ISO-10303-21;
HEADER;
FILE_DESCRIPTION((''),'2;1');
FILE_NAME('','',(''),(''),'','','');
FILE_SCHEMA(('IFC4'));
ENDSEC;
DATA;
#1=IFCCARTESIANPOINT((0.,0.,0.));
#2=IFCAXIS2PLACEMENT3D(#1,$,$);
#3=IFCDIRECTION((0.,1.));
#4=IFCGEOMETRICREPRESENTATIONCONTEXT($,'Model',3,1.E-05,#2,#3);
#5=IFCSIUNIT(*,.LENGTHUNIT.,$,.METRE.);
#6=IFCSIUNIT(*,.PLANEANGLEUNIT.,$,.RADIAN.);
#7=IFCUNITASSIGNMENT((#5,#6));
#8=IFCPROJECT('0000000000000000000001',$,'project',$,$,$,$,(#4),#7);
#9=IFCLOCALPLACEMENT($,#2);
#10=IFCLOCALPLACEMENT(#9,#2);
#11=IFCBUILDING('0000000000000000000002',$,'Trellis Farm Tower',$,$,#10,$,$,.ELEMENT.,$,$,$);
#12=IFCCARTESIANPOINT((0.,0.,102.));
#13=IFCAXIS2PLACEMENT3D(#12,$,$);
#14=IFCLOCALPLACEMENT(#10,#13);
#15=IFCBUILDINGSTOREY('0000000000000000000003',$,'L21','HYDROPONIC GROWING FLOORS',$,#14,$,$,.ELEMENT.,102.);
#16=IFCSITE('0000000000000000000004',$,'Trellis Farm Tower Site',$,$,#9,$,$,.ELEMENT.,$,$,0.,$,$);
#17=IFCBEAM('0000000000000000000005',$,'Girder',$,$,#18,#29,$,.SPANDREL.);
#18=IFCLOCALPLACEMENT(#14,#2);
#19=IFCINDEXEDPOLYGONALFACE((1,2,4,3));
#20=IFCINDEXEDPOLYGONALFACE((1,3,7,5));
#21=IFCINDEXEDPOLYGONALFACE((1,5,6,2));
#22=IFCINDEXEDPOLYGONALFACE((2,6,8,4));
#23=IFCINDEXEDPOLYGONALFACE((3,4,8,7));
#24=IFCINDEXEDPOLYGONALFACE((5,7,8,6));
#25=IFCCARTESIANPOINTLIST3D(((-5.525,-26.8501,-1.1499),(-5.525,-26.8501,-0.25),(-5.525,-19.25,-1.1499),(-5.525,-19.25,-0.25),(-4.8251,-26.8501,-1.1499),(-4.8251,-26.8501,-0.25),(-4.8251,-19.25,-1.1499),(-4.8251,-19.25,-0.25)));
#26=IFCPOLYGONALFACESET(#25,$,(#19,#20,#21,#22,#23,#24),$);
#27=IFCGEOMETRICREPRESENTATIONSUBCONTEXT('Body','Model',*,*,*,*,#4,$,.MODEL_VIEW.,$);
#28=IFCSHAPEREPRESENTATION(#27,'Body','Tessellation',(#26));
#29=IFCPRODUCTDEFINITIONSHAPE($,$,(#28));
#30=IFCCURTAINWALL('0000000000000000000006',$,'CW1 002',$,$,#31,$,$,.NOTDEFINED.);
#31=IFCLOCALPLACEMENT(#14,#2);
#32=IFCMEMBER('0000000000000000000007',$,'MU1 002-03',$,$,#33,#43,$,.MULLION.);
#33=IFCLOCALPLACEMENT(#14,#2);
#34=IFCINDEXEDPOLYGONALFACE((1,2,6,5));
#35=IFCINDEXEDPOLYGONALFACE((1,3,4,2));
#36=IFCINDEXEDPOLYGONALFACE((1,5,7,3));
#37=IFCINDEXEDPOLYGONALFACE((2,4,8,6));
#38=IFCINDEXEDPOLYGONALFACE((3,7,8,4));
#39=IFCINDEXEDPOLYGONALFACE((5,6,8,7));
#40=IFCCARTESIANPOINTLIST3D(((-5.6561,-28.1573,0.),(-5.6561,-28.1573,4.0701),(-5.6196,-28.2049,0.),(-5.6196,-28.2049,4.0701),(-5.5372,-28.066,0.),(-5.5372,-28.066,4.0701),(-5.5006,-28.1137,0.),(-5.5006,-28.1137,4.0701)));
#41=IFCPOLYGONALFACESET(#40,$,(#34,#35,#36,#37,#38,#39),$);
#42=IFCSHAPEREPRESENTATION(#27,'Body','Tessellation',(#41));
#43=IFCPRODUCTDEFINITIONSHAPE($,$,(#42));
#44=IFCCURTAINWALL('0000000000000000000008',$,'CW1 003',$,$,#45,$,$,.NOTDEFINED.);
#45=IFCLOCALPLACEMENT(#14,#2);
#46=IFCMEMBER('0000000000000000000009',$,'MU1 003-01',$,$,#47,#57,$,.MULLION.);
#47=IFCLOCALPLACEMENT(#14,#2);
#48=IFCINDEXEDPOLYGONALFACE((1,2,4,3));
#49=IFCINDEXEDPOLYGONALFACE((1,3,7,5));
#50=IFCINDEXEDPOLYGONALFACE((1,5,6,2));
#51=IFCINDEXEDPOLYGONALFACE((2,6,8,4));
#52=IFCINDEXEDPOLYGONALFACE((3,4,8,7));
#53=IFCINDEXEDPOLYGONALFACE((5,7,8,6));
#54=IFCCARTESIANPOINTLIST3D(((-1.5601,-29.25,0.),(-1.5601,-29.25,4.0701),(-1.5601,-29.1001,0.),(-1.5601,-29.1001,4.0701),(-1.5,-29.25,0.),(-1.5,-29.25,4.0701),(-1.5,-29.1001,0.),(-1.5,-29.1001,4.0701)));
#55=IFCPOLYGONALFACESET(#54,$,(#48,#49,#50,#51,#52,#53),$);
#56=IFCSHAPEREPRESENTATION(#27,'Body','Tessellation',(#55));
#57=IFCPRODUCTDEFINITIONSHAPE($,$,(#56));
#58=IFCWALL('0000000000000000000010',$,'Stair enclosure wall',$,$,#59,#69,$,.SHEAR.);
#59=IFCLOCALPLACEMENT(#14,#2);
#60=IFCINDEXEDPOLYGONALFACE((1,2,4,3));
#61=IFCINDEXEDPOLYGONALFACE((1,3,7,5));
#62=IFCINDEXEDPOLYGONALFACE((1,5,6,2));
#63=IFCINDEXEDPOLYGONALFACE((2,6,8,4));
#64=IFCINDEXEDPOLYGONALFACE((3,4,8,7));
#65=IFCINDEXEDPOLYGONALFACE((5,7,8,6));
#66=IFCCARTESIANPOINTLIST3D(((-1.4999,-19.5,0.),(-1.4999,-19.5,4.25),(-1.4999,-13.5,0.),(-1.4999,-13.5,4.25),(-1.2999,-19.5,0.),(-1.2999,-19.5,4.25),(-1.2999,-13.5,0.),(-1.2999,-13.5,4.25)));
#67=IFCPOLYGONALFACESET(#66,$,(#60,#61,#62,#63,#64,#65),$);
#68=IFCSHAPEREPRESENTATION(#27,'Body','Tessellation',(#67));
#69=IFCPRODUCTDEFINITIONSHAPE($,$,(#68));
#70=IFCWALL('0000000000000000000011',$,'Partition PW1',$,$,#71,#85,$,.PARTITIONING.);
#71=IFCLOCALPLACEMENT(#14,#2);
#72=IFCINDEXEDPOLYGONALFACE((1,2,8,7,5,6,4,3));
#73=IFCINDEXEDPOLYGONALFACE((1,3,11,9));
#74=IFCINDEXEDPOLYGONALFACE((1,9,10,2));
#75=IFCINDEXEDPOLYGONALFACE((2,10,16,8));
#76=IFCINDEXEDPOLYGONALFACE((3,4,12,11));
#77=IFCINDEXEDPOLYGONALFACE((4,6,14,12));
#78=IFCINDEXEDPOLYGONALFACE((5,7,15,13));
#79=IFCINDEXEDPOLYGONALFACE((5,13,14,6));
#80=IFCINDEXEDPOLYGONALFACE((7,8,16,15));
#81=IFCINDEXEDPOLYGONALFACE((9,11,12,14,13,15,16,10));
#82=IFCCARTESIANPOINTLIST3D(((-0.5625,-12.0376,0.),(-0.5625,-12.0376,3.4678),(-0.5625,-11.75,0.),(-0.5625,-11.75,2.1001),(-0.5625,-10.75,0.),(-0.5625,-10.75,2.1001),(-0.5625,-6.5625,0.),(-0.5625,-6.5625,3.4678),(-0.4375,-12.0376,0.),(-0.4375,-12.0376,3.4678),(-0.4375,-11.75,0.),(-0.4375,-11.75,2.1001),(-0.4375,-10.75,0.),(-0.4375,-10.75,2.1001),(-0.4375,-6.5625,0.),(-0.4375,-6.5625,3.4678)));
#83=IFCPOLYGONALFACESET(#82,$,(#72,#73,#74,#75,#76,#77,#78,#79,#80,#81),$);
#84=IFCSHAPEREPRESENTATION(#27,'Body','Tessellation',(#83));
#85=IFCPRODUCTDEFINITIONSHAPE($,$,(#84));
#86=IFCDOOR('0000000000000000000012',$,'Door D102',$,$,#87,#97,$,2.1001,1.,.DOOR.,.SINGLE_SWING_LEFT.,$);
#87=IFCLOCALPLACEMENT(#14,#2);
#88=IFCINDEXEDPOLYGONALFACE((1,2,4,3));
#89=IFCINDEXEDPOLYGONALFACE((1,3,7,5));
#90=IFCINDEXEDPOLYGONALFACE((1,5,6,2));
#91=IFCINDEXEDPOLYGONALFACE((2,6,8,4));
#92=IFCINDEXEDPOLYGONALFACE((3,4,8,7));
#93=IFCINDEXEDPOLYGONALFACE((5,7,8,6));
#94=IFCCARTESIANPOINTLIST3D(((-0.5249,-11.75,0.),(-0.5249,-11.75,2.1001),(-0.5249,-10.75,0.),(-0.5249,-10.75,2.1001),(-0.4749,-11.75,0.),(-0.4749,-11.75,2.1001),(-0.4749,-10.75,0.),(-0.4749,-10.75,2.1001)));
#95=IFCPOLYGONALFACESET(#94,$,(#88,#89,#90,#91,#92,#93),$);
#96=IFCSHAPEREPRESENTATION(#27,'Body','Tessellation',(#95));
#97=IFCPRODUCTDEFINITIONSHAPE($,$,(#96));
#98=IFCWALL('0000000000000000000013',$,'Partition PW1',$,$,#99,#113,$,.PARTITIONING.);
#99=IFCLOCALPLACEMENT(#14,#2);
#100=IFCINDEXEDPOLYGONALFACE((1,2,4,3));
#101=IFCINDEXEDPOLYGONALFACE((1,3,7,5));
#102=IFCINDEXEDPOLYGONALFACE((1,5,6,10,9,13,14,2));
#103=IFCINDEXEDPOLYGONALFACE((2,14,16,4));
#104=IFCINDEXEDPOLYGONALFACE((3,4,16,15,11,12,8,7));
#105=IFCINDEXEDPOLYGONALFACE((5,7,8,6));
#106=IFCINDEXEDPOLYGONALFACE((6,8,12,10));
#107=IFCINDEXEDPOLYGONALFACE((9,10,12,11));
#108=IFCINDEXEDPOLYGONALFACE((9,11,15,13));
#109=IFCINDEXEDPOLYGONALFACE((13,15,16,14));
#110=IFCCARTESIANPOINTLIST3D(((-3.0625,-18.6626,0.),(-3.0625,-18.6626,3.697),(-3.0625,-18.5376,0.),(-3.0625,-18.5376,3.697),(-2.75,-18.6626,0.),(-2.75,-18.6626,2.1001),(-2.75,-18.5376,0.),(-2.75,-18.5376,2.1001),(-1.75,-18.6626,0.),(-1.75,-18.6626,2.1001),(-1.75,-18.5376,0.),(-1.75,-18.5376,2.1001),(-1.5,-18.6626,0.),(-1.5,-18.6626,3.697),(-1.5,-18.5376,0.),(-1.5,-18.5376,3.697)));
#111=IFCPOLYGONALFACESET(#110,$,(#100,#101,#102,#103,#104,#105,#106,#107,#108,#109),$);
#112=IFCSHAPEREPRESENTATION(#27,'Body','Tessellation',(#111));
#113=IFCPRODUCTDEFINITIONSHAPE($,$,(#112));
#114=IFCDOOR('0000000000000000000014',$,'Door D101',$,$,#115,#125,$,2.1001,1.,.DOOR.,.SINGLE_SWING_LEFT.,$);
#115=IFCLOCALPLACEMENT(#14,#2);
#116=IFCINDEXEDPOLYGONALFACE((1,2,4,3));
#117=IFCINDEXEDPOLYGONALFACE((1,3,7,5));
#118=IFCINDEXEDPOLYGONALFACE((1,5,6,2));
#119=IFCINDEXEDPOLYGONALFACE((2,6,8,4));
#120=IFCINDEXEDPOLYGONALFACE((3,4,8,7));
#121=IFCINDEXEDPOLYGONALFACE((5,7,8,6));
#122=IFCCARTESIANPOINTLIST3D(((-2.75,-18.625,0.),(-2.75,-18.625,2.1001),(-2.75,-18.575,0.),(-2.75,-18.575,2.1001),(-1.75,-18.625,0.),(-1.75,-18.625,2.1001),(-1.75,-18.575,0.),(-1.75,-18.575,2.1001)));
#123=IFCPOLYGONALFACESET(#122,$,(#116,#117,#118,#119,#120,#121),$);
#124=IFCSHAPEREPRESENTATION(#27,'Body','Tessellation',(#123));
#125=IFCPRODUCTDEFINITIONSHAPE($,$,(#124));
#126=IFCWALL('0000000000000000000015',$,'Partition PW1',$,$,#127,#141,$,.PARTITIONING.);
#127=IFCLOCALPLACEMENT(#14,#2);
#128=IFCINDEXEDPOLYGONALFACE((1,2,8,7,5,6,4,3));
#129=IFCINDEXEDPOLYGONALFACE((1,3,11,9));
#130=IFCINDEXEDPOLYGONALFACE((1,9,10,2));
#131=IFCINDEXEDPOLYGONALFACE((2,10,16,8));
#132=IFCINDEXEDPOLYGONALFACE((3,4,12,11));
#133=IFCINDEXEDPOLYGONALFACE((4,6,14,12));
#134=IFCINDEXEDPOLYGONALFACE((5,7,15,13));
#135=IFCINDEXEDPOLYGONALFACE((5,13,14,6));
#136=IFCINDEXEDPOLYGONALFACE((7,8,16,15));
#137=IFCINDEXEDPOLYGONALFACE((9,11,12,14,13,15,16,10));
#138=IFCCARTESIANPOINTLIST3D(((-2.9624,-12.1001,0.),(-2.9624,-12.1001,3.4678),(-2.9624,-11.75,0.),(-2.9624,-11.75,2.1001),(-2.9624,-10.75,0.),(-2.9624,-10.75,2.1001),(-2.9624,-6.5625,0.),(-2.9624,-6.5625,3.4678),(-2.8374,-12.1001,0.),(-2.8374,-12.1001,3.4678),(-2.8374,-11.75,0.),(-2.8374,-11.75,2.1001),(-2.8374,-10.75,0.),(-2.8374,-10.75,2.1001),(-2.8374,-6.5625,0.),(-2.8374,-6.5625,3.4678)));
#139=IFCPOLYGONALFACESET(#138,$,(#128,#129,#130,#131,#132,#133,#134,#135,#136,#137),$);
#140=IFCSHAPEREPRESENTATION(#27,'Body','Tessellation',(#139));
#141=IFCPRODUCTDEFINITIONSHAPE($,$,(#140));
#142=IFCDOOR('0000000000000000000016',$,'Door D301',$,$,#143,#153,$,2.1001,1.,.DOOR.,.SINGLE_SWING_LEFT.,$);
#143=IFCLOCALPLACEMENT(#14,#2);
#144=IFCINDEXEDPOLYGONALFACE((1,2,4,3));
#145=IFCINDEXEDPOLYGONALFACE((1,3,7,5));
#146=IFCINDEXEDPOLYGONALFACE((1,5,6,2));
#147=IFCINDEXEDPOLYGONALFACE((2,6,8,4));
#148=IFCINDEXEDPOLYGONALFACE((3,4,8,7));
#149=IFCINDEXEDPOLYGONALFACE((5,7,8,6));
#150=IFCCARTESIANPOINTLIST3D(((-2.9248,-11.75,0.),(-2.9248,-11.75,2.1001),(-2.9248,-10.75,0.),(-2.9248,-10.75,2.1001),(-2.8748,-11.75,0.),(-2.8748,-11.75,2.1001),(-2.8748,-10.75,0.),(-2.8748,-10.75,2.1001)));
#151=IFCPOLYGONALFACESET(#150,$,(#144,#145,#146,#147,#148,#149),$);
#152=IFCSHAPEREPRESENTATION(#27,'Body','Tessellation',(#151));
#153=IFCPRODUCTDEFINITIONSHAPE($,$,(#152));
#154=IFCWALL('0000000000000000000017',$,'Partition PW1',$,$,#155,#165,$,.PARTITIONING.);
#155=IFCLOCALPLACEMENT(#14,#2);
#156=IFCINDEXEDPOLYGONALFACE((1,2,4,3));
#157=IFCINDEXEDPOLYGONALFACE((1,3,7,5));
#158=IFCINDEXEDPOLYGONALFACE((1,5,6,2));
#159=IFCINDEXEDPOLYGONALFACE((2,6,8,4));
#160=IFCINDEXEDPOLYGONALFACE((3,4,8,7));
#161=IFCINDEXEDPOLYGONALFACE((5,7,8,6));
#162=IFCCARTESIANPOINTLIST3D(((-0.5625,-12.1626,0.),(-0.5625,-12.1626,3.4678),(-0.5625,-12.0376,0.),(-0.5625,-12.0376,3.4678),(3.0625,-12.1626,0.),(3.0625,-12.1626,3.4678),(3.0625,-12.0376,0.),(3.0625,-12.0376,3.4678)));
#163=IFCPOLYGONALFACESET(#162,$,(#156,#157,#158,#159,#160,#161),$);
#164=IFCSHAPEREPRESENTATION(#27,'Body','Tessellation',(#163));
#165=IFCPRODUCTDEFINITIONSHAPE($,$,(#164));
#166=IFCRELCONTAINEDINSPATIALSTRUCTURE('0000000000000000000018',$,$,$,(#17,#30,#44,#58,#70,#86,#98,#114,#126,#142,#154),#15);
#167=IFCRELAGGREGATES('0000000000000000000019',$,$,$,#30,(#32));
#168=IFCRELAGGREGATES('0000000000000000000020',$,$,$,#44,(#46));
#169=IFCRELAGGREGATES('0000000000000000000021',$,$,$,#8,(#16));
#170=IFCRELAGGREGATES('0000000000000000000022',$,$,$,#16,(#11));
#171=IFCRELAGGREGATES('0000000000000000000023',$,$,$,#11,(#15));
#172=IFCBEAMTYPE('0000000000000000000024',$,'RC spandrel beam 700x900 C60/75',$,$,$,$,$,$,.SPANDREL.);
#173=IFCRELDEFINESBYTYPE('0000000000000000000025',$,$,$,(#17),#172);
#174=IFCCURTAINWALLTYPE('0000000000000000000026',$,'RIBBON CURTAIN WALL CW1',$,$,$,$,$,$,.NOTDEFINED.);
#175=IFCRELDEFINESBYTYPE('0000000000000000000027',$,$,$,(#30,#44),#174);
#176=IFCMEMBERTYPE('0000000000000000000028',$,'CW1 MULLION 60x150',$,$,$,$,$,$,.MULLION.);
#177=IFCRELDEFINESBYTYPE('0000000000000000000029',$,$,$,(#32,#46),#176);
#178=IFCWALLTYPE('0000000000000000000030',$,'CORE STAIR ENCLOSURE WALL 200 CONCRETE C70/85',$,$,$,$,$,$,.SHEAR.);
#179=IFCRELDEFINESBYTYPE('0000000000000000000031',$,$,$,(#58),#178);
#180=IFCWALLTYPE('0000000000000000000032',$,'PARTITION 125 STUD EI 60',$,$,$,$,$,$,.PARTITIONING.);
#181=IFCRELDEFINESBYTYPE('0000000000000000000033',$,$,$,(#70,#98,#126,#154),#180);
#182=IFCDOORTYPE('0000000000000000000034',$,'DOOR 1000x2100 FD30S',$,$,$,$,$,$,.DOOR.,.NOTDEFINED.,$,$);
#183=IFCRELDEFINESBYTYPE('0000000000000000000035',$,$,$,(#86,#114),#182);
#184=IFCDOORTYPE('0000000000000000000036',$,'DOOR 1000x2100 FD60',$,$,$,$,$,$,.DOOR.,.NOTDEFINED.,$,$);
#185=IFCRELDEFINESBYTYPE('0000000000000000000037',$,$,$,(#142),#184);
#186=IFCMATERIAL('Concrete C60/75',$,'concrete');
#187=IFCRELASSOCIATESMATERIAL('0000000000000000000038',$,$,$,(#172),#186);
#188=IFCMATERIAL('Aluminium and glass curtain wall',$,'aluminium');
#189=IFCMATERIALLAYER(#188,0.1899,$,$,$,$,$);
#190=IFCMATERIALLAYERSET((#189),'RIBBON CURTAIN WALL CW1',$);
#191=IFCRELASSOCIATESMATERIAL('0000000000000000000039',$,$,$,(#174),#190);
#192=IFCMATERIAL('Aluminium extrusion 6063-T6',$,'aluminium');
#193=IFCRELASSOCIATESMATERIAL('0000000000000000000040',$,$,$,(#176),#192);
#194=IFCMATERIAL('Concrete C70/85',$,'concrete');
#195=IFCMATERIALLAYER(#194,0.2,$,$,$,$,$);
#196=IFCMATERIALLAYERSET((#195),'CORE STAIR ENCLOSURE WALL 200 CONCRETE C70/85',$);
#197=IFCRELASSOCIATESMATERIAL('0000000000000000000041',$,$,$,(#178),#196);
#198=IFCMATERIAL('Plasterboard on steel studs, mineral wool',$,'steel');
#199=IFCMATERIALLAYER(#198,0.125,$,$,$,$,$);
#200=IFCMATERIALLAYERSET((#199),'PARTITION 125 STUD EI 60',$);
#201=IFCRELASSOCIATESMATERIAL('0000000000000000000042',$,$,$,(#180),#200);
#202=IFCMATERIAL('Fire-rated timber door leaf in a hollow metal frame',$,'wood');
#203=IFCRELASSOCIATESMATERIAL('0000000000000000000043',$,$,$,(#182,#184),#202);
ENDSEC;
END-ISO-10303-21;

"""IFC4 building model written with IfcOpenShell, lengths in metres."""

from ifc_helpers import new_model, si_unit, direction, frame, frame_2d, origin, origin_2d, place, context, subcontext, project, spatial, rectangle, extrude, source, transform, mapped, material, layer, layer_set, material_profile, profile_set, type_object, element, fill, aggregate, save


model = new_model("IFC4")

# Units and contexts
model_context = context("Model", 3, precision=1e-05, world=origin(), true_north=direction((0.0, 1.0)))
body_context = subcontext(model_context, "Body", "Model", "MODEL_VIEW")
ifc_project = project(units=[si_unit("LENGTHUNIT", "METRE"), si_unit("PLANEANGLEUNIT", "RADIAN")], contexts=[model_context])

# Site, building, storey
site_placement = place(None, origin())
site = spatial("IfcSite", under=ifc_project, at=site_placement, Name="Trellis Farm Tower Site", CompositionType="ELEMENT", RefElevation=0.0)
building_placement = place(site_placement, origin())
building = spatial("IfcBuilding", under=site, at=building_placement, Name="Trellis Farm Tower", CompositionType="ELEMENT")
storey_placement = place(building_placement, frame((0.0, 0.0, 102.0)))
storey = spatial("IfcBuildingStorey", under=building, at=storey_placement, Name="L21", Description="HYDROPONIC GROWING FLOORS", CompositionType="ELEMENT", Elevation=102.0)

# Beam
ifc_material_1 = material(Name="Concrete C60/75", Category="concrete")
ifc_material_profile_1 = material_profile(ifc_material_1, rectangle(XDim=0.7, YDim=0.8999, at=origin_2d()), Name="RC spandrel beam 700x900 C60/75")
ifc_profile_set_1 = profile_set([ifc_material_profile_1], Name="Concrete C60/75")
beam_type_1 = type_object("IfcBeamType", Name="RC spandrel beam 700x900 C60/75", PredefinedType="SPANDREL", material=ifc_profile_set_1)
shared_shape_1 = source(origin(), body_context, "Body", "SweptSolid", [
    extrude(rectangle(XDim=0.7, YDim=0.8999, at=origin_2d()), origin(), (0.0, 0.0, 1.0), 7.6001),
])
beam_1_placement = place(storey_placement, frame((-5.175, -26.8501, -0.7), z_axis=(0.0, 1.0, 0.0), x_axis=(-1.0, 0.0, 0.0)))
element("IfcBeam", 1, at=beam_1_placement, inside=storey, type_object=beam_type_1, Name="Girder", PredefinedType="SPANDREL", context=body_context, shape_type="MappedRepresentation", body=[
    mapped(shared_shape_1, transform((0.0, 0.0, 0.0))),
])

# Curtain walls, members
ifc_material_2 = material(Name="Aluminium and glass curtain wall", Category="aluminium")
ifc_layer_1 = layer(ifc_material_2, 0.1899)
ifc_layer_set_1 = layer_set([ifc_layer_1], Name="RIBBON CURTAIN WALL CW1")
curtain_wall_type = type_object("IfcCurtainWallType", Name="RIBBON CURTAIN WALL CW1", PredefinedType="NOTDEFINED", material=ifc_layer_set_1)
placement = place(storey_placement, origin())
curtain_wall_1 = element("IfcCurtainWall", 2, at=placement, inside=storey, type_object=curtain_wall_type, Name="CW1 002", PredefinedType="NOTDEFINED")
ifc_material_3 = material(Name="Aluminium extrusion 6063-T6", Category="aluminium")
ifc_material_profile_2 = material_profile(ifc_material_3, rectangle(XDim=0.0601, YDim=0.1499, at=origin_2d()), Name="MULLION 60x150")
ifc_profile_set_2 = profile_set([ifc_material_profile_2], Name="Aluminium extrusion 6063-T6")
member_type = type_object("IfcMemberType", Name="CW1 MULLION 60x150", PredefinedType="MULLION", material=ifc_profile_set_2)
shared_shape_2 = source(origin(), body_context, "Body", "SweptSolid", [
    extrude(rectangle(XDim=0.0601, YDim=0.1499, at=origin_2d()), origin(), (0.0, 0.0, 1.0), 4.0701),
])
member_1_placement = place(storey_placement, frame((-5.5784, -28.1355, 0.0), z_axis=(0.0, 0.0, 1.0), x_axis=(0.608761, -0.793353, 0.0)))
member_1 = element("IfcMember", 3, at=member_1_placement, type_object=member_type, Name="MU1 002-03", PredefinedType="MULLION", context=body_context, shape_type="MappedRepresentation", body=[
    mapped(shared_shape_2, transform((0.0, 0.0, 0.0))),
])
aggregate(curtain_wall_1, [member_1])
curtain_wall_2 = element("IfcCurtainWall", 4, at=placement, inside=storey, type_object=curtain_wall_type, Name="CW1 003", PredefinedType="NOTDEFINED")
member_2_placement = place(storey_placement, frame((-1.53, -29.175, 0.0), z_axis=(0.0, 0.0, 1.0), x_axis=(1.0, 0.0, 0.0)))
member_2 = element("IfcMember", 5, at=member_2_placement, type_object=member_type, Name="MU1 003-01", PredefinedType="MULLION", context=body_context, shape_type="MappedRepresentation", body=[
    mapped(shared_shape_2, transform((0.0, 0.0, 0.0))),
])
aggregate(curtain_wall_2, [member_2])

# Wall
ifc_material_4 = material(Name="Concrete C70/85", Category="concrete")
ifc_layer_2 = layer(ifc_material_4, 0.2)
ifc_layer_set_2 = layer_set([ifc_layer_2], Name="CORE STAIR ENCLOSURE WALL 200 CONCRETE C70/85")
wall_type_1 = type_object("IfcWallType", Name="CORE STAIR ENCLOSURE WALL 200 CONCRETE C70/85", PredefinedType="SHEAR", material=ifc_layer_set_2)
shared_shape_3 = source(origin(), body_context, "Body", "SweptSolid", [
    extrude(rectangle(XDim=6.0, YDim=0.2, at=frame_2d((3.0, 0.0))), origin(), (0.0, 0.0, 1.0), 4.25),
])
wall_1_placement = place(storey_placement, frame((-1.3999, -13.5, 0.0), z_axis=(0.0, 0.0, 1.0), x_axis=(0.0, -1.0, 0.0)))
element("IfcWall", 6, at=wall_1_placement, inside=storey, type_object=wall_type_1, Name="Stair enclosure wall", PredefinedType="SHEAR", context=body_context, shape_type="MappedRepresentation", body=[
    mapped(shared_shape_3, transform((0.0, 0.0, 0.0))),
])

# Walls, openings, doors
ifc_material_5 = material(Name="Plasterboard on steel studs, mineral wool", Category="steel")
ifc_layer_3 = layer(ifc_material_5, 0.125)
ifc_layer_set_3 = layer_set([ifc_layer_3], Name="PARTITION 125 STUD EI 60")
wall_type_2 = type_object("IfcWallType", Name="PARTITION 125 STUD EI 60", PredefinedType="PARTITIONING", material=ifc_layer_set_3)
shared_shape_4 = source(origin(), body_context, "Body", "SweptSolid", [
    extrude(rectangle(XDim=5.4751, YDim=0.125, at=frame_2d((2.7375, 0.0))), origin(), (0.0, 0.0, 1.0), 3.4678),
])
wall_2_placement = place(storey_placement, frame((-0.5, -12.0376, 0.0), z_axis=(0.0, 0.0, 1.0), x_axis=(0.0, 1.0, 0.0)))
wall_2 = element("IfcWall", 7, at=wall_2_placement, inside=storey, type_object=wall_type_2, Name="Partition PW1", PredefinedType="PARTITIONING", context=body_context, shape_type="MappedRepresentation", body=[
    mapped(shared_shape_4, transform((0.0, 0.0, 0.0))),
])
shared_shape_5 = source(origin(), body_context, "Body", "SweptSolid", [
    extrude(rectangle(XDim=1.0, YDim=2.1001, at=frame_2d((0.5, 1.05))), frame((0.0, 0.0725, 0.0), z_axis=(0.0, -1.0, 0.0), x_axis=(1.0, 0.0, 0.0)), (0.0, 0.0, 1.0), 0.145),
])
opening_1_placement = place(wall_2_placement, frame((0.2876, 0.0, 0.0)))
opening_1 = element("IfcOpeningElement", 8, at=opening_1_placement, cuts=wall_2, PredefinedType="OPENING", context=body_context, shape_type="MappedRepresentation", body=[
    mapped(shared_shape_5, transform((0.0, 0.0, 0.0))),
])
ifc_material_6 = material(Name="Fire-rated timber door leaf in a hollow metal frame", Category="wood")
door_type_1 = type_object("IfcDoorType", Name="DOOR 1000x2100 FD30S", OperationType="NOTDEFINED", PredefinedType="DOOR", material=ifc_material_6)
shared_shape_6 = source(origin(), body_context, "Body", "SweptSolid", [
    extrude(rectangle(XDim=1.0, YDim=2.1001, at=frame_2d((0.5, 1.05))), frame((0.0, 0.0249, 0.0), z_axis=(0.0, -1.0, 0.0), x_axis=(1.0, 0.0, 0.0)), (0.0, 0.0, 1.0), 0.05),
])
door_1_placement = place(opening_1_placement, origin())
door_1 = element("IfcDoor", 9, at=door_1_placement, inside=storey, type_object=door_type_1, Name="Door D102", OperationType="SINGLE_SWING_LEFT", OverallHeight=2.1001, OverallWidth=1.0, PredefinedType="DOOR", context=body_context, shape_type="MappedRepresentation", body=[
    mapped(shared_shape_6, transform((0.0, 0.0, 0.0))),
])
fill(opening_1, door_1)
shared_shape_7 = source(origin(), body_context, "Body", "SweptSolid", [
    extrude(rectangle(XDim=1.5625, YDim=0.125, at=frame_2d((0.7812, 0.0))), origin(), (0.0, 0.0, 1.0), 3.697),
])
wall_3_placement = place(storey_placement, frame((-1.5, -18.6001, 0.0), z_axis=(0.0, 0.0, 1.0), x_axis=(-1.0, 0.0, 0.0)))
wall_3 = element("IfcWall", 10, at=wall_3_placement, inside=storey, type_object=wall_type_2, Name="Partition PW1", PredefinedType="PARTITIONING", context=body_context, shape_type="MappedRepresentation", body=[
    mapped(shared_shape_7, transform((0.0, 0.0, 0.0))),
])
opening_2_placement = place(wall_3_placement, frame((0.25, 0.0, 0.0)))
opening_2 = element("IfcOpeningElement", 11, at=opening_2_placement, cuts=wall_3, PredefinedType="OPENING", context=body_context, shape_type="MappedRepresentation", body=[
    mapped(shared_shape_5, transform((0.0, 0.0, 0.0))),
])
door_2_placement = place(opening_2_placement, origin())
door_2 = element("IfcDoor", 12, at=door_2_placement, inside=storey, type_object=door_type_1, Name="Door D101", OperationType="SINGLE_SWING_LEFT", OverallHeight=2.1001, OverallWidth=1.0, PredefinedType="DOOR", context=body_context, shape_type="MappedRepresentation", body=[
    mapped(shared_shape_6, transform((0.0, 0.0, 0.0))),
])
fill(opening_2, door_2)
shared_shape_8 = source(origin(), body_context, "Body", "SweptSolid", [
    extrude(rectangle(XDim=5.5376, YDim=0.125, at=frame_2d((2.7688, 0.0))), origin(), (0.0, 0.0, 1.0), 3.4678),
])
wall_4_placement = place(storey_placement, frame((-2.8999, -12.1001, 0.0), z_axis=(0.0, 0.0, 1.0), x_axis=(0.0, 1.0, 0.0)))
wall_4 = element("IfcWall", 13, at=wall_4_placement, inside=storey, type_object=wall_type_2, Name="Partition PW1", PredefinedType="PARTITIONING", context=body_context, shape_type="MappedRepresentation", body=[
    mapped(shared_shape_8, transform((0.0, 0.0, 0.0))),
])
opening_3_placement = place(wall_4_placement, frame((0.3501, 0.0, 0.0)))
opening_3 = element("IfcOpeningElement", 14, at=opening_3_placement, cuts=wall_4, PredefinedType="OPENING", context=body_context, shape_type="MappedRepresentation", body=[
    mapped(shared_shape_5, transform((0.0, 0.0, 0.0))),
])
door_type_2 = type_object("IfcDoorType", Name="DOOR 1000x2100 FD60", OperationType="NOTDEFINED", PredefinedType="DOOR", material=ifc_material_6)
door_3_placement = place(opening_3_placement, origin())
door_3 = element("IfcDoor", 15, at=door_3_placement, inside=storey, type_object=door_type_2, Name="Door D301", OperationType="SINGLE_SWING_LEFT", OverallHeight=2.1001, OverallWidth=1.0, PredefinedType="DOOR", context=body_context, shape_type="MappedRepresentation", body=[
    mapped(shared_shape_6, transform((0.0, 0.0, 0.0))),
])
fill(opening_3, door_3)

# Wall
shared_shape_9 = source(origin(), body_context, "Body", "SweptSolid", [
    extrude(rectangle(XDim=3.625, YDim=0.125, at=frame_2d((1.8125, 0.0))), origin(), (0.0, 0.0, 1.0), 3.4678),
])
wall_5_placement = place(storey_placement, frame((-0.5625, -12.1001, 0.0), z_axis=(0.0, 0.0, 1.0), x_axis=(1.0, 0.0, 0.0)))
element("IfcWall", 16, at=wall_5_placement, inside=storey, type_object=wall_type_2, Name="Partition PW1", PredefinedType="PARTITIONING", context=body_context, shape_type="MappedRepresentation", body=[
    mapped(shared_shape_9, transform((0.0, 0.0, 0.0))),
])

save(model, "model.ifc")
